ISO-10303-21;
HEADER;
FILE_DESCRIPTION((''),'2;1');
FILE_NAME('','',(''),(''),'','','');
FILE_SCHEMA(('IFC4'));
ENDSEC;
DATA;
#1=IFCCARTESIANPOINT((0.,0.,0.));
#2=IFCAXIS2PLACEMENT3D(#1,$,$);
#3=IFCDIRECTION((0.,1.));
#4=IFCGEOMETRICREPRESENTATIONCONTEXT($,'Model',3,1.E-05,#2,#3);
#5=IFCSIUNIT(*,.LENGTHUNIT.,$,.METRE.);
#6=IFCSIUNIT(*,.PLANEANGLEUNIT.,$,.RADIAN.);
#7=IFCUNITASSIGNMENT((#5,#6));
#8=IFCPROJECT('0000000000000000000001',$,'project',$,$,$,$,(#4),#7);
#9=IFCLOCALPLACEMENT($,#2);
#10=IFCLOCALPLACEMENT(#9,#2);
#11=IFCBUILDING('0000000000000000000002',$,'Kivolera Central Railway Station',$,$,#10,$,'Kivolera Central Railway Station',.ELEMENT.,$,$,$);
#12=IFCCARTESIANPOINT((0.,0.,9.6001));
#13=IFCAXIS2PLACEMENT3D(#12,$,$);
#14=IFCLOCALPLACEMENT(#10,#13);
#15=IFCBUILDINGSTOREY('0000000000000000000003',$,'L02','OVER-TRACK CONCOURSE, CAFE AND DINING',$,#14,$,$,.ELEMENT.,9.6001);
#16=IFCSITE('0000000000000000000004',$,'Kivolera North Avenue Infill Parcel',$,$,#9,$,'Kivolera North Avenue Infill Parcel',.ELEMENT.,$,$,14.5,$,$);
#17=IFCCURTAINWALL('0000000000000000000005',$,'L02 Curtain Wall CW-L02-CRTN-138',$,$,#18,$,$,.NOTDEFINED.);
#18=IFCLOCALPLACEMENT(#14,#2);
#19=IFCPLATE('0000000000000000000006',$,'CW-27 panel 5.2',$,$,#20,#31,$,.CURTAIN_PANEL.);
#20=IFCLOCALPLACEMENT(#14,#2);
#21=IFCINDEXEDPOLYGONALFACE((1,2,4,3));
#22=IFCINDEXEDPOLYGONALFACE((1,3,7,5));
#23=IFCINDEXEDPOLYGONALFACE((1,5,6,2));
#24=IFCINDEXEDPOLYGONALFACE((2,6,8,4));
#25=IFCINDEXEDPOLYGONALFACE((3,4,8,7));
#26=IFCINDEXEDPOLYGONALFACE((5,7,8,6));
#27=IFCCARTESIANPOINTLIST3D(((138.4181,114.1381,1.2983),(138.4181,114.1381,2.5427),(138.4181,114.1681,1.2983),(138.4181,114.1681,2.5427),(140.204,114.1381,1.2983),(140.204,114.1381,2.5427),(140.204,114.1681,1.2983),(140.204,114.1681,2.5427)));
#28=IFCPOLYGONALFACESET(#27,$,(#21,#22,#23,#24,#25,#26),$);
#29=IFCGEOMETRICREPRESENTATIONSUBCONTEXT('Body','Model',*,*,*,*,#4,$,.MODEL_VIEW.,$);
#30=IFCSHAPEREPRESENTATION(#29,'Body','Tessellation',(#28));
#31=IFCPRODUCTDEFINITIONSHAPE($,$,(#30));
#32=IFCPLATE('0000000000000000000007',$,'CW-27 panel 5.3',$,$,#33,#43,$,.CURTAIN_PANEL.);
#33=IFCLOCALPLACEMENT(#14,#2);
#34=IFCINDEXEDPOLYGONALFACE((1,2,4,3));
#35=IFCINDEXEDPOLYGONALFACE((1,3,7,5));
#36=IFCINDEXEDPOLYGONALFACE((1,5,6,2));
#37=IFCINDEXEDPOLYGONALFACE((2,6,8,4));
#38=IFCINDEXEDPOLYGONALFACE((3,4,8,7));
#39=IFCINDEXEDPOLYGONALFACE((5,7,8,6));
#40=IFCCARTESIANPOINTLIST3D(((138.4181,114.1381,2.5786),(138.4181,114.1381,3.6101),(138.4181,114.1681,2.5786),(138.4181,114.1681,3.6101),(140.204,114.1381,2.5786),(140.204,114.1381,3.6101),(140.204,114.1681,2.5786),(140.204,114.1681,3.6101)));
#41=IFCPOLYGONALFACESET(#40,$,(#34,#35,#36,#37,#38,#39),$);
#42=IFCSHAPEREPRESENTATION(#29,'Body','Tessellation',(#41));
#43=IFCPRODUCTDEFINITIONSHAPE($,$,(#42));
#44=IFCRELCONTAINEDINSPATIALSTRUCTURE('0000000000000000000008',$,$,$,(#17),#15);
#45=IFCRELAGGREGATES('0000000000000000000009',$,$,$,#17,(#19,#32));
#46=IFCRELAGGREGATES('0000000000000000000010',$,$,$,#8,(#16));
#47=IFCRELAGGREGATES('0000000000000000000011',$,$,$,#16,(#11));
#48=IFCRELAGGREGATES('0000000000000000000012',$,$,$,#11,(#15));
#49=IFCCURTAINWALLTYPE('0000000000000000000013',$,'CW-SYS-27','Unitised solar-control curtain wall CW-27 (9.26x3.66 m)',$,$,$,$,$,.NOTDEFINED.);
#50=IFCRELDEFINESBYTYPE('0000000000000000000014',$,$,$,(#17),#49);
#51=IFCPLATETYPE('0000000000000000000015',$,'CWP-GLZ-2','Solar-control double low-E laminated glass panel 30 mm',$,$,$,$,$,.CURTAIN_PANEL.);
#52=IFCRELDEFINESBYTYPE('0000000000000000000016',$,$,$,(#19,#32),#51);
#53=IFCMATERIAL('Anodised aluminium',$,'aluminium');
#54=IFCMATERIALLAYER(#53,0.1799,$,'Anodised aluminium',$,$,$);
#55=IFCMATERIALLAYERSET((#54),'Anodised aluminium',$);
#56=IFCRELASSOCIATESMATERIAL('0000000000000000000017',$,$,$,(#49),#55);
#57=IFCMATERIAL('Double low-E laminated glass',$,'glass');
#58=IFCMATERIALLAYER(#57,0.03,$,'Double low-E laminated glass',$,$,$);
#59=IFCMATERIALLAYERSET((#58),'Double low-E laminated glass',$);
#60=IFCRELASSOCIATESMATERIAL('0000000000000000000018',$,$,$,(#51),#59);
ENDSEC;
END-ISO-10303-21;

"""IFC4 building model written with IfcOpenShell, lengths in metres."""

from ifc_helpers import new_model, si_unit, direction, frame, origin, origin_2d, place, context, subcontext, project, spatial, rectangle, extrude, material, layer, layer_set, type_object, element, aggregate, save


model = new_model("IFC4")

# Units and contexts
model_context = context("Model", 3, precision=1e-05, world=origin(), true_north=direction((0.0, 1.0)))
body_context = subcontext(model_context, "Body", "Model", "MODEL_VIEW")
ifc_project = project(units=[si_unit("LENGTHUNIT", "METRE"), si_unit("PLANEANGLEUNIT", "RADIAN")], contexts=[model_context])

# Site, building, storey
site_placement = place(None, origin())
site = spatial("IfcSite", under=ifc_project, at=site_placement, Name="Kivolera North Avenue Infill Parcel", LongName="Kivolera North Avenue Infill Parcel", CompositionType="ELEMENT", RefElevation=14.5)
building_placement = place(site_placement, origin())
building = spatial("IfcBuilding", under=site, at=building_placement, Name="Kivolera Central Railway Station", LongName="Kivolera Central Railway Station", CompositionType="ELEMENT")
storey_placement = place(building_placement, frame((0.0, 0.0, 9.6001)))
storey = spatial("IfcBuildingStorey", under=building, at=storey_placement, Name="L02", Description="OVER-TRACK CONCOURSE, CAFE AND DINING", CompositionType="ELEMENT", Elevation=9.6001)

# Curtain wall, plates
ifc_material_1 = material(Name="Anodised aluminium", Category="aluminium")
ifc_layer_1 = layer(ifc_material_1, 0.1799, Name="Anodised aluminium")
ifc_layer_set_1 = layer_set([ifc_layer_1], Name="Anodised aluminium")
curtain_wall_type = type_object("IfcCurtainWallType", Name="CW-SYS-27", Description="Unitised solar-control curtain wall CW-27 (9.26x3.66 m)", PredefinedType="NOTDEFINED", material=ifc_layer_set_1)
curtain_wall_placement = place(storey_placement, origin())
curtain_wall = element("IfcCurtainWall", 1, at=curtain_wall_placement, inside=storey, type_object=curtain_wall_type, Name="L02 Curtain Wall CW-L02-CRTN-138", PredefinedType="NOTDEFINED")
ifc_material_2 = material(Name="Double low-E laminated glass", Category="glass")
ifc_layer_2 = layer(ifc_material_2, 0.03, Name="Double low-E laminated glass")
ifc_layer_set_2 = layer_set([ifc_layer_2], Name="Double low-E laminated glass")
plate_type = type_object("IfcPlateType", Name="CWP-GLZ-2", Description="Solar-control double low-E laminated glass panel 30 mm", PredefinedType="CURTAIN_PANEL", material=ifc_layer_set_2)
plate_1_placement = place(storey_placement, frame((139.311, 114.1531, 1.2983), z_axis=(0.0, 0.0, 1.0), x_axis=(-1.0, 0.0, 0.0)))
plate_1 = element("IfcPlate", 2, at=plate_1_placement, type_object=plate_type, Name="CW-27 panel 5.2", PredefinedType="CURTAIN_PANEL", context=body_context, shape_type="SweptSolid", body=[
    extrude(rectangle(XDim=1.7859, YDim=0.03, at=origin_2d()), origin(), (0.0, 0.0, 1.0), 1.2444),
])
plate_2_placement = place(storey_placement, frame((139.311, 114.1531, 2.5786), z_axis=(0.0, 0.0, 1.0), x_axis=(-1.0, 0.0, 0.0)))
plate_2 = element("IfcPlate", 3, at=plate_2_placement, type_object=plate_type, Name="CW-27 panel 5.3", PredefinedType="CURTAIN_PANEL", context=body_context, shape_type="SweptSolid", body=[
    extrude(rectangle(XDim=1.7859, YDim=0.03, at=origin_2d()), origin(), (0.0, 0.0, 1.0), 1.0315),
])
aggregate(curtain_wall, [plate_1, plate_2])

save(model, "model.ifc")
